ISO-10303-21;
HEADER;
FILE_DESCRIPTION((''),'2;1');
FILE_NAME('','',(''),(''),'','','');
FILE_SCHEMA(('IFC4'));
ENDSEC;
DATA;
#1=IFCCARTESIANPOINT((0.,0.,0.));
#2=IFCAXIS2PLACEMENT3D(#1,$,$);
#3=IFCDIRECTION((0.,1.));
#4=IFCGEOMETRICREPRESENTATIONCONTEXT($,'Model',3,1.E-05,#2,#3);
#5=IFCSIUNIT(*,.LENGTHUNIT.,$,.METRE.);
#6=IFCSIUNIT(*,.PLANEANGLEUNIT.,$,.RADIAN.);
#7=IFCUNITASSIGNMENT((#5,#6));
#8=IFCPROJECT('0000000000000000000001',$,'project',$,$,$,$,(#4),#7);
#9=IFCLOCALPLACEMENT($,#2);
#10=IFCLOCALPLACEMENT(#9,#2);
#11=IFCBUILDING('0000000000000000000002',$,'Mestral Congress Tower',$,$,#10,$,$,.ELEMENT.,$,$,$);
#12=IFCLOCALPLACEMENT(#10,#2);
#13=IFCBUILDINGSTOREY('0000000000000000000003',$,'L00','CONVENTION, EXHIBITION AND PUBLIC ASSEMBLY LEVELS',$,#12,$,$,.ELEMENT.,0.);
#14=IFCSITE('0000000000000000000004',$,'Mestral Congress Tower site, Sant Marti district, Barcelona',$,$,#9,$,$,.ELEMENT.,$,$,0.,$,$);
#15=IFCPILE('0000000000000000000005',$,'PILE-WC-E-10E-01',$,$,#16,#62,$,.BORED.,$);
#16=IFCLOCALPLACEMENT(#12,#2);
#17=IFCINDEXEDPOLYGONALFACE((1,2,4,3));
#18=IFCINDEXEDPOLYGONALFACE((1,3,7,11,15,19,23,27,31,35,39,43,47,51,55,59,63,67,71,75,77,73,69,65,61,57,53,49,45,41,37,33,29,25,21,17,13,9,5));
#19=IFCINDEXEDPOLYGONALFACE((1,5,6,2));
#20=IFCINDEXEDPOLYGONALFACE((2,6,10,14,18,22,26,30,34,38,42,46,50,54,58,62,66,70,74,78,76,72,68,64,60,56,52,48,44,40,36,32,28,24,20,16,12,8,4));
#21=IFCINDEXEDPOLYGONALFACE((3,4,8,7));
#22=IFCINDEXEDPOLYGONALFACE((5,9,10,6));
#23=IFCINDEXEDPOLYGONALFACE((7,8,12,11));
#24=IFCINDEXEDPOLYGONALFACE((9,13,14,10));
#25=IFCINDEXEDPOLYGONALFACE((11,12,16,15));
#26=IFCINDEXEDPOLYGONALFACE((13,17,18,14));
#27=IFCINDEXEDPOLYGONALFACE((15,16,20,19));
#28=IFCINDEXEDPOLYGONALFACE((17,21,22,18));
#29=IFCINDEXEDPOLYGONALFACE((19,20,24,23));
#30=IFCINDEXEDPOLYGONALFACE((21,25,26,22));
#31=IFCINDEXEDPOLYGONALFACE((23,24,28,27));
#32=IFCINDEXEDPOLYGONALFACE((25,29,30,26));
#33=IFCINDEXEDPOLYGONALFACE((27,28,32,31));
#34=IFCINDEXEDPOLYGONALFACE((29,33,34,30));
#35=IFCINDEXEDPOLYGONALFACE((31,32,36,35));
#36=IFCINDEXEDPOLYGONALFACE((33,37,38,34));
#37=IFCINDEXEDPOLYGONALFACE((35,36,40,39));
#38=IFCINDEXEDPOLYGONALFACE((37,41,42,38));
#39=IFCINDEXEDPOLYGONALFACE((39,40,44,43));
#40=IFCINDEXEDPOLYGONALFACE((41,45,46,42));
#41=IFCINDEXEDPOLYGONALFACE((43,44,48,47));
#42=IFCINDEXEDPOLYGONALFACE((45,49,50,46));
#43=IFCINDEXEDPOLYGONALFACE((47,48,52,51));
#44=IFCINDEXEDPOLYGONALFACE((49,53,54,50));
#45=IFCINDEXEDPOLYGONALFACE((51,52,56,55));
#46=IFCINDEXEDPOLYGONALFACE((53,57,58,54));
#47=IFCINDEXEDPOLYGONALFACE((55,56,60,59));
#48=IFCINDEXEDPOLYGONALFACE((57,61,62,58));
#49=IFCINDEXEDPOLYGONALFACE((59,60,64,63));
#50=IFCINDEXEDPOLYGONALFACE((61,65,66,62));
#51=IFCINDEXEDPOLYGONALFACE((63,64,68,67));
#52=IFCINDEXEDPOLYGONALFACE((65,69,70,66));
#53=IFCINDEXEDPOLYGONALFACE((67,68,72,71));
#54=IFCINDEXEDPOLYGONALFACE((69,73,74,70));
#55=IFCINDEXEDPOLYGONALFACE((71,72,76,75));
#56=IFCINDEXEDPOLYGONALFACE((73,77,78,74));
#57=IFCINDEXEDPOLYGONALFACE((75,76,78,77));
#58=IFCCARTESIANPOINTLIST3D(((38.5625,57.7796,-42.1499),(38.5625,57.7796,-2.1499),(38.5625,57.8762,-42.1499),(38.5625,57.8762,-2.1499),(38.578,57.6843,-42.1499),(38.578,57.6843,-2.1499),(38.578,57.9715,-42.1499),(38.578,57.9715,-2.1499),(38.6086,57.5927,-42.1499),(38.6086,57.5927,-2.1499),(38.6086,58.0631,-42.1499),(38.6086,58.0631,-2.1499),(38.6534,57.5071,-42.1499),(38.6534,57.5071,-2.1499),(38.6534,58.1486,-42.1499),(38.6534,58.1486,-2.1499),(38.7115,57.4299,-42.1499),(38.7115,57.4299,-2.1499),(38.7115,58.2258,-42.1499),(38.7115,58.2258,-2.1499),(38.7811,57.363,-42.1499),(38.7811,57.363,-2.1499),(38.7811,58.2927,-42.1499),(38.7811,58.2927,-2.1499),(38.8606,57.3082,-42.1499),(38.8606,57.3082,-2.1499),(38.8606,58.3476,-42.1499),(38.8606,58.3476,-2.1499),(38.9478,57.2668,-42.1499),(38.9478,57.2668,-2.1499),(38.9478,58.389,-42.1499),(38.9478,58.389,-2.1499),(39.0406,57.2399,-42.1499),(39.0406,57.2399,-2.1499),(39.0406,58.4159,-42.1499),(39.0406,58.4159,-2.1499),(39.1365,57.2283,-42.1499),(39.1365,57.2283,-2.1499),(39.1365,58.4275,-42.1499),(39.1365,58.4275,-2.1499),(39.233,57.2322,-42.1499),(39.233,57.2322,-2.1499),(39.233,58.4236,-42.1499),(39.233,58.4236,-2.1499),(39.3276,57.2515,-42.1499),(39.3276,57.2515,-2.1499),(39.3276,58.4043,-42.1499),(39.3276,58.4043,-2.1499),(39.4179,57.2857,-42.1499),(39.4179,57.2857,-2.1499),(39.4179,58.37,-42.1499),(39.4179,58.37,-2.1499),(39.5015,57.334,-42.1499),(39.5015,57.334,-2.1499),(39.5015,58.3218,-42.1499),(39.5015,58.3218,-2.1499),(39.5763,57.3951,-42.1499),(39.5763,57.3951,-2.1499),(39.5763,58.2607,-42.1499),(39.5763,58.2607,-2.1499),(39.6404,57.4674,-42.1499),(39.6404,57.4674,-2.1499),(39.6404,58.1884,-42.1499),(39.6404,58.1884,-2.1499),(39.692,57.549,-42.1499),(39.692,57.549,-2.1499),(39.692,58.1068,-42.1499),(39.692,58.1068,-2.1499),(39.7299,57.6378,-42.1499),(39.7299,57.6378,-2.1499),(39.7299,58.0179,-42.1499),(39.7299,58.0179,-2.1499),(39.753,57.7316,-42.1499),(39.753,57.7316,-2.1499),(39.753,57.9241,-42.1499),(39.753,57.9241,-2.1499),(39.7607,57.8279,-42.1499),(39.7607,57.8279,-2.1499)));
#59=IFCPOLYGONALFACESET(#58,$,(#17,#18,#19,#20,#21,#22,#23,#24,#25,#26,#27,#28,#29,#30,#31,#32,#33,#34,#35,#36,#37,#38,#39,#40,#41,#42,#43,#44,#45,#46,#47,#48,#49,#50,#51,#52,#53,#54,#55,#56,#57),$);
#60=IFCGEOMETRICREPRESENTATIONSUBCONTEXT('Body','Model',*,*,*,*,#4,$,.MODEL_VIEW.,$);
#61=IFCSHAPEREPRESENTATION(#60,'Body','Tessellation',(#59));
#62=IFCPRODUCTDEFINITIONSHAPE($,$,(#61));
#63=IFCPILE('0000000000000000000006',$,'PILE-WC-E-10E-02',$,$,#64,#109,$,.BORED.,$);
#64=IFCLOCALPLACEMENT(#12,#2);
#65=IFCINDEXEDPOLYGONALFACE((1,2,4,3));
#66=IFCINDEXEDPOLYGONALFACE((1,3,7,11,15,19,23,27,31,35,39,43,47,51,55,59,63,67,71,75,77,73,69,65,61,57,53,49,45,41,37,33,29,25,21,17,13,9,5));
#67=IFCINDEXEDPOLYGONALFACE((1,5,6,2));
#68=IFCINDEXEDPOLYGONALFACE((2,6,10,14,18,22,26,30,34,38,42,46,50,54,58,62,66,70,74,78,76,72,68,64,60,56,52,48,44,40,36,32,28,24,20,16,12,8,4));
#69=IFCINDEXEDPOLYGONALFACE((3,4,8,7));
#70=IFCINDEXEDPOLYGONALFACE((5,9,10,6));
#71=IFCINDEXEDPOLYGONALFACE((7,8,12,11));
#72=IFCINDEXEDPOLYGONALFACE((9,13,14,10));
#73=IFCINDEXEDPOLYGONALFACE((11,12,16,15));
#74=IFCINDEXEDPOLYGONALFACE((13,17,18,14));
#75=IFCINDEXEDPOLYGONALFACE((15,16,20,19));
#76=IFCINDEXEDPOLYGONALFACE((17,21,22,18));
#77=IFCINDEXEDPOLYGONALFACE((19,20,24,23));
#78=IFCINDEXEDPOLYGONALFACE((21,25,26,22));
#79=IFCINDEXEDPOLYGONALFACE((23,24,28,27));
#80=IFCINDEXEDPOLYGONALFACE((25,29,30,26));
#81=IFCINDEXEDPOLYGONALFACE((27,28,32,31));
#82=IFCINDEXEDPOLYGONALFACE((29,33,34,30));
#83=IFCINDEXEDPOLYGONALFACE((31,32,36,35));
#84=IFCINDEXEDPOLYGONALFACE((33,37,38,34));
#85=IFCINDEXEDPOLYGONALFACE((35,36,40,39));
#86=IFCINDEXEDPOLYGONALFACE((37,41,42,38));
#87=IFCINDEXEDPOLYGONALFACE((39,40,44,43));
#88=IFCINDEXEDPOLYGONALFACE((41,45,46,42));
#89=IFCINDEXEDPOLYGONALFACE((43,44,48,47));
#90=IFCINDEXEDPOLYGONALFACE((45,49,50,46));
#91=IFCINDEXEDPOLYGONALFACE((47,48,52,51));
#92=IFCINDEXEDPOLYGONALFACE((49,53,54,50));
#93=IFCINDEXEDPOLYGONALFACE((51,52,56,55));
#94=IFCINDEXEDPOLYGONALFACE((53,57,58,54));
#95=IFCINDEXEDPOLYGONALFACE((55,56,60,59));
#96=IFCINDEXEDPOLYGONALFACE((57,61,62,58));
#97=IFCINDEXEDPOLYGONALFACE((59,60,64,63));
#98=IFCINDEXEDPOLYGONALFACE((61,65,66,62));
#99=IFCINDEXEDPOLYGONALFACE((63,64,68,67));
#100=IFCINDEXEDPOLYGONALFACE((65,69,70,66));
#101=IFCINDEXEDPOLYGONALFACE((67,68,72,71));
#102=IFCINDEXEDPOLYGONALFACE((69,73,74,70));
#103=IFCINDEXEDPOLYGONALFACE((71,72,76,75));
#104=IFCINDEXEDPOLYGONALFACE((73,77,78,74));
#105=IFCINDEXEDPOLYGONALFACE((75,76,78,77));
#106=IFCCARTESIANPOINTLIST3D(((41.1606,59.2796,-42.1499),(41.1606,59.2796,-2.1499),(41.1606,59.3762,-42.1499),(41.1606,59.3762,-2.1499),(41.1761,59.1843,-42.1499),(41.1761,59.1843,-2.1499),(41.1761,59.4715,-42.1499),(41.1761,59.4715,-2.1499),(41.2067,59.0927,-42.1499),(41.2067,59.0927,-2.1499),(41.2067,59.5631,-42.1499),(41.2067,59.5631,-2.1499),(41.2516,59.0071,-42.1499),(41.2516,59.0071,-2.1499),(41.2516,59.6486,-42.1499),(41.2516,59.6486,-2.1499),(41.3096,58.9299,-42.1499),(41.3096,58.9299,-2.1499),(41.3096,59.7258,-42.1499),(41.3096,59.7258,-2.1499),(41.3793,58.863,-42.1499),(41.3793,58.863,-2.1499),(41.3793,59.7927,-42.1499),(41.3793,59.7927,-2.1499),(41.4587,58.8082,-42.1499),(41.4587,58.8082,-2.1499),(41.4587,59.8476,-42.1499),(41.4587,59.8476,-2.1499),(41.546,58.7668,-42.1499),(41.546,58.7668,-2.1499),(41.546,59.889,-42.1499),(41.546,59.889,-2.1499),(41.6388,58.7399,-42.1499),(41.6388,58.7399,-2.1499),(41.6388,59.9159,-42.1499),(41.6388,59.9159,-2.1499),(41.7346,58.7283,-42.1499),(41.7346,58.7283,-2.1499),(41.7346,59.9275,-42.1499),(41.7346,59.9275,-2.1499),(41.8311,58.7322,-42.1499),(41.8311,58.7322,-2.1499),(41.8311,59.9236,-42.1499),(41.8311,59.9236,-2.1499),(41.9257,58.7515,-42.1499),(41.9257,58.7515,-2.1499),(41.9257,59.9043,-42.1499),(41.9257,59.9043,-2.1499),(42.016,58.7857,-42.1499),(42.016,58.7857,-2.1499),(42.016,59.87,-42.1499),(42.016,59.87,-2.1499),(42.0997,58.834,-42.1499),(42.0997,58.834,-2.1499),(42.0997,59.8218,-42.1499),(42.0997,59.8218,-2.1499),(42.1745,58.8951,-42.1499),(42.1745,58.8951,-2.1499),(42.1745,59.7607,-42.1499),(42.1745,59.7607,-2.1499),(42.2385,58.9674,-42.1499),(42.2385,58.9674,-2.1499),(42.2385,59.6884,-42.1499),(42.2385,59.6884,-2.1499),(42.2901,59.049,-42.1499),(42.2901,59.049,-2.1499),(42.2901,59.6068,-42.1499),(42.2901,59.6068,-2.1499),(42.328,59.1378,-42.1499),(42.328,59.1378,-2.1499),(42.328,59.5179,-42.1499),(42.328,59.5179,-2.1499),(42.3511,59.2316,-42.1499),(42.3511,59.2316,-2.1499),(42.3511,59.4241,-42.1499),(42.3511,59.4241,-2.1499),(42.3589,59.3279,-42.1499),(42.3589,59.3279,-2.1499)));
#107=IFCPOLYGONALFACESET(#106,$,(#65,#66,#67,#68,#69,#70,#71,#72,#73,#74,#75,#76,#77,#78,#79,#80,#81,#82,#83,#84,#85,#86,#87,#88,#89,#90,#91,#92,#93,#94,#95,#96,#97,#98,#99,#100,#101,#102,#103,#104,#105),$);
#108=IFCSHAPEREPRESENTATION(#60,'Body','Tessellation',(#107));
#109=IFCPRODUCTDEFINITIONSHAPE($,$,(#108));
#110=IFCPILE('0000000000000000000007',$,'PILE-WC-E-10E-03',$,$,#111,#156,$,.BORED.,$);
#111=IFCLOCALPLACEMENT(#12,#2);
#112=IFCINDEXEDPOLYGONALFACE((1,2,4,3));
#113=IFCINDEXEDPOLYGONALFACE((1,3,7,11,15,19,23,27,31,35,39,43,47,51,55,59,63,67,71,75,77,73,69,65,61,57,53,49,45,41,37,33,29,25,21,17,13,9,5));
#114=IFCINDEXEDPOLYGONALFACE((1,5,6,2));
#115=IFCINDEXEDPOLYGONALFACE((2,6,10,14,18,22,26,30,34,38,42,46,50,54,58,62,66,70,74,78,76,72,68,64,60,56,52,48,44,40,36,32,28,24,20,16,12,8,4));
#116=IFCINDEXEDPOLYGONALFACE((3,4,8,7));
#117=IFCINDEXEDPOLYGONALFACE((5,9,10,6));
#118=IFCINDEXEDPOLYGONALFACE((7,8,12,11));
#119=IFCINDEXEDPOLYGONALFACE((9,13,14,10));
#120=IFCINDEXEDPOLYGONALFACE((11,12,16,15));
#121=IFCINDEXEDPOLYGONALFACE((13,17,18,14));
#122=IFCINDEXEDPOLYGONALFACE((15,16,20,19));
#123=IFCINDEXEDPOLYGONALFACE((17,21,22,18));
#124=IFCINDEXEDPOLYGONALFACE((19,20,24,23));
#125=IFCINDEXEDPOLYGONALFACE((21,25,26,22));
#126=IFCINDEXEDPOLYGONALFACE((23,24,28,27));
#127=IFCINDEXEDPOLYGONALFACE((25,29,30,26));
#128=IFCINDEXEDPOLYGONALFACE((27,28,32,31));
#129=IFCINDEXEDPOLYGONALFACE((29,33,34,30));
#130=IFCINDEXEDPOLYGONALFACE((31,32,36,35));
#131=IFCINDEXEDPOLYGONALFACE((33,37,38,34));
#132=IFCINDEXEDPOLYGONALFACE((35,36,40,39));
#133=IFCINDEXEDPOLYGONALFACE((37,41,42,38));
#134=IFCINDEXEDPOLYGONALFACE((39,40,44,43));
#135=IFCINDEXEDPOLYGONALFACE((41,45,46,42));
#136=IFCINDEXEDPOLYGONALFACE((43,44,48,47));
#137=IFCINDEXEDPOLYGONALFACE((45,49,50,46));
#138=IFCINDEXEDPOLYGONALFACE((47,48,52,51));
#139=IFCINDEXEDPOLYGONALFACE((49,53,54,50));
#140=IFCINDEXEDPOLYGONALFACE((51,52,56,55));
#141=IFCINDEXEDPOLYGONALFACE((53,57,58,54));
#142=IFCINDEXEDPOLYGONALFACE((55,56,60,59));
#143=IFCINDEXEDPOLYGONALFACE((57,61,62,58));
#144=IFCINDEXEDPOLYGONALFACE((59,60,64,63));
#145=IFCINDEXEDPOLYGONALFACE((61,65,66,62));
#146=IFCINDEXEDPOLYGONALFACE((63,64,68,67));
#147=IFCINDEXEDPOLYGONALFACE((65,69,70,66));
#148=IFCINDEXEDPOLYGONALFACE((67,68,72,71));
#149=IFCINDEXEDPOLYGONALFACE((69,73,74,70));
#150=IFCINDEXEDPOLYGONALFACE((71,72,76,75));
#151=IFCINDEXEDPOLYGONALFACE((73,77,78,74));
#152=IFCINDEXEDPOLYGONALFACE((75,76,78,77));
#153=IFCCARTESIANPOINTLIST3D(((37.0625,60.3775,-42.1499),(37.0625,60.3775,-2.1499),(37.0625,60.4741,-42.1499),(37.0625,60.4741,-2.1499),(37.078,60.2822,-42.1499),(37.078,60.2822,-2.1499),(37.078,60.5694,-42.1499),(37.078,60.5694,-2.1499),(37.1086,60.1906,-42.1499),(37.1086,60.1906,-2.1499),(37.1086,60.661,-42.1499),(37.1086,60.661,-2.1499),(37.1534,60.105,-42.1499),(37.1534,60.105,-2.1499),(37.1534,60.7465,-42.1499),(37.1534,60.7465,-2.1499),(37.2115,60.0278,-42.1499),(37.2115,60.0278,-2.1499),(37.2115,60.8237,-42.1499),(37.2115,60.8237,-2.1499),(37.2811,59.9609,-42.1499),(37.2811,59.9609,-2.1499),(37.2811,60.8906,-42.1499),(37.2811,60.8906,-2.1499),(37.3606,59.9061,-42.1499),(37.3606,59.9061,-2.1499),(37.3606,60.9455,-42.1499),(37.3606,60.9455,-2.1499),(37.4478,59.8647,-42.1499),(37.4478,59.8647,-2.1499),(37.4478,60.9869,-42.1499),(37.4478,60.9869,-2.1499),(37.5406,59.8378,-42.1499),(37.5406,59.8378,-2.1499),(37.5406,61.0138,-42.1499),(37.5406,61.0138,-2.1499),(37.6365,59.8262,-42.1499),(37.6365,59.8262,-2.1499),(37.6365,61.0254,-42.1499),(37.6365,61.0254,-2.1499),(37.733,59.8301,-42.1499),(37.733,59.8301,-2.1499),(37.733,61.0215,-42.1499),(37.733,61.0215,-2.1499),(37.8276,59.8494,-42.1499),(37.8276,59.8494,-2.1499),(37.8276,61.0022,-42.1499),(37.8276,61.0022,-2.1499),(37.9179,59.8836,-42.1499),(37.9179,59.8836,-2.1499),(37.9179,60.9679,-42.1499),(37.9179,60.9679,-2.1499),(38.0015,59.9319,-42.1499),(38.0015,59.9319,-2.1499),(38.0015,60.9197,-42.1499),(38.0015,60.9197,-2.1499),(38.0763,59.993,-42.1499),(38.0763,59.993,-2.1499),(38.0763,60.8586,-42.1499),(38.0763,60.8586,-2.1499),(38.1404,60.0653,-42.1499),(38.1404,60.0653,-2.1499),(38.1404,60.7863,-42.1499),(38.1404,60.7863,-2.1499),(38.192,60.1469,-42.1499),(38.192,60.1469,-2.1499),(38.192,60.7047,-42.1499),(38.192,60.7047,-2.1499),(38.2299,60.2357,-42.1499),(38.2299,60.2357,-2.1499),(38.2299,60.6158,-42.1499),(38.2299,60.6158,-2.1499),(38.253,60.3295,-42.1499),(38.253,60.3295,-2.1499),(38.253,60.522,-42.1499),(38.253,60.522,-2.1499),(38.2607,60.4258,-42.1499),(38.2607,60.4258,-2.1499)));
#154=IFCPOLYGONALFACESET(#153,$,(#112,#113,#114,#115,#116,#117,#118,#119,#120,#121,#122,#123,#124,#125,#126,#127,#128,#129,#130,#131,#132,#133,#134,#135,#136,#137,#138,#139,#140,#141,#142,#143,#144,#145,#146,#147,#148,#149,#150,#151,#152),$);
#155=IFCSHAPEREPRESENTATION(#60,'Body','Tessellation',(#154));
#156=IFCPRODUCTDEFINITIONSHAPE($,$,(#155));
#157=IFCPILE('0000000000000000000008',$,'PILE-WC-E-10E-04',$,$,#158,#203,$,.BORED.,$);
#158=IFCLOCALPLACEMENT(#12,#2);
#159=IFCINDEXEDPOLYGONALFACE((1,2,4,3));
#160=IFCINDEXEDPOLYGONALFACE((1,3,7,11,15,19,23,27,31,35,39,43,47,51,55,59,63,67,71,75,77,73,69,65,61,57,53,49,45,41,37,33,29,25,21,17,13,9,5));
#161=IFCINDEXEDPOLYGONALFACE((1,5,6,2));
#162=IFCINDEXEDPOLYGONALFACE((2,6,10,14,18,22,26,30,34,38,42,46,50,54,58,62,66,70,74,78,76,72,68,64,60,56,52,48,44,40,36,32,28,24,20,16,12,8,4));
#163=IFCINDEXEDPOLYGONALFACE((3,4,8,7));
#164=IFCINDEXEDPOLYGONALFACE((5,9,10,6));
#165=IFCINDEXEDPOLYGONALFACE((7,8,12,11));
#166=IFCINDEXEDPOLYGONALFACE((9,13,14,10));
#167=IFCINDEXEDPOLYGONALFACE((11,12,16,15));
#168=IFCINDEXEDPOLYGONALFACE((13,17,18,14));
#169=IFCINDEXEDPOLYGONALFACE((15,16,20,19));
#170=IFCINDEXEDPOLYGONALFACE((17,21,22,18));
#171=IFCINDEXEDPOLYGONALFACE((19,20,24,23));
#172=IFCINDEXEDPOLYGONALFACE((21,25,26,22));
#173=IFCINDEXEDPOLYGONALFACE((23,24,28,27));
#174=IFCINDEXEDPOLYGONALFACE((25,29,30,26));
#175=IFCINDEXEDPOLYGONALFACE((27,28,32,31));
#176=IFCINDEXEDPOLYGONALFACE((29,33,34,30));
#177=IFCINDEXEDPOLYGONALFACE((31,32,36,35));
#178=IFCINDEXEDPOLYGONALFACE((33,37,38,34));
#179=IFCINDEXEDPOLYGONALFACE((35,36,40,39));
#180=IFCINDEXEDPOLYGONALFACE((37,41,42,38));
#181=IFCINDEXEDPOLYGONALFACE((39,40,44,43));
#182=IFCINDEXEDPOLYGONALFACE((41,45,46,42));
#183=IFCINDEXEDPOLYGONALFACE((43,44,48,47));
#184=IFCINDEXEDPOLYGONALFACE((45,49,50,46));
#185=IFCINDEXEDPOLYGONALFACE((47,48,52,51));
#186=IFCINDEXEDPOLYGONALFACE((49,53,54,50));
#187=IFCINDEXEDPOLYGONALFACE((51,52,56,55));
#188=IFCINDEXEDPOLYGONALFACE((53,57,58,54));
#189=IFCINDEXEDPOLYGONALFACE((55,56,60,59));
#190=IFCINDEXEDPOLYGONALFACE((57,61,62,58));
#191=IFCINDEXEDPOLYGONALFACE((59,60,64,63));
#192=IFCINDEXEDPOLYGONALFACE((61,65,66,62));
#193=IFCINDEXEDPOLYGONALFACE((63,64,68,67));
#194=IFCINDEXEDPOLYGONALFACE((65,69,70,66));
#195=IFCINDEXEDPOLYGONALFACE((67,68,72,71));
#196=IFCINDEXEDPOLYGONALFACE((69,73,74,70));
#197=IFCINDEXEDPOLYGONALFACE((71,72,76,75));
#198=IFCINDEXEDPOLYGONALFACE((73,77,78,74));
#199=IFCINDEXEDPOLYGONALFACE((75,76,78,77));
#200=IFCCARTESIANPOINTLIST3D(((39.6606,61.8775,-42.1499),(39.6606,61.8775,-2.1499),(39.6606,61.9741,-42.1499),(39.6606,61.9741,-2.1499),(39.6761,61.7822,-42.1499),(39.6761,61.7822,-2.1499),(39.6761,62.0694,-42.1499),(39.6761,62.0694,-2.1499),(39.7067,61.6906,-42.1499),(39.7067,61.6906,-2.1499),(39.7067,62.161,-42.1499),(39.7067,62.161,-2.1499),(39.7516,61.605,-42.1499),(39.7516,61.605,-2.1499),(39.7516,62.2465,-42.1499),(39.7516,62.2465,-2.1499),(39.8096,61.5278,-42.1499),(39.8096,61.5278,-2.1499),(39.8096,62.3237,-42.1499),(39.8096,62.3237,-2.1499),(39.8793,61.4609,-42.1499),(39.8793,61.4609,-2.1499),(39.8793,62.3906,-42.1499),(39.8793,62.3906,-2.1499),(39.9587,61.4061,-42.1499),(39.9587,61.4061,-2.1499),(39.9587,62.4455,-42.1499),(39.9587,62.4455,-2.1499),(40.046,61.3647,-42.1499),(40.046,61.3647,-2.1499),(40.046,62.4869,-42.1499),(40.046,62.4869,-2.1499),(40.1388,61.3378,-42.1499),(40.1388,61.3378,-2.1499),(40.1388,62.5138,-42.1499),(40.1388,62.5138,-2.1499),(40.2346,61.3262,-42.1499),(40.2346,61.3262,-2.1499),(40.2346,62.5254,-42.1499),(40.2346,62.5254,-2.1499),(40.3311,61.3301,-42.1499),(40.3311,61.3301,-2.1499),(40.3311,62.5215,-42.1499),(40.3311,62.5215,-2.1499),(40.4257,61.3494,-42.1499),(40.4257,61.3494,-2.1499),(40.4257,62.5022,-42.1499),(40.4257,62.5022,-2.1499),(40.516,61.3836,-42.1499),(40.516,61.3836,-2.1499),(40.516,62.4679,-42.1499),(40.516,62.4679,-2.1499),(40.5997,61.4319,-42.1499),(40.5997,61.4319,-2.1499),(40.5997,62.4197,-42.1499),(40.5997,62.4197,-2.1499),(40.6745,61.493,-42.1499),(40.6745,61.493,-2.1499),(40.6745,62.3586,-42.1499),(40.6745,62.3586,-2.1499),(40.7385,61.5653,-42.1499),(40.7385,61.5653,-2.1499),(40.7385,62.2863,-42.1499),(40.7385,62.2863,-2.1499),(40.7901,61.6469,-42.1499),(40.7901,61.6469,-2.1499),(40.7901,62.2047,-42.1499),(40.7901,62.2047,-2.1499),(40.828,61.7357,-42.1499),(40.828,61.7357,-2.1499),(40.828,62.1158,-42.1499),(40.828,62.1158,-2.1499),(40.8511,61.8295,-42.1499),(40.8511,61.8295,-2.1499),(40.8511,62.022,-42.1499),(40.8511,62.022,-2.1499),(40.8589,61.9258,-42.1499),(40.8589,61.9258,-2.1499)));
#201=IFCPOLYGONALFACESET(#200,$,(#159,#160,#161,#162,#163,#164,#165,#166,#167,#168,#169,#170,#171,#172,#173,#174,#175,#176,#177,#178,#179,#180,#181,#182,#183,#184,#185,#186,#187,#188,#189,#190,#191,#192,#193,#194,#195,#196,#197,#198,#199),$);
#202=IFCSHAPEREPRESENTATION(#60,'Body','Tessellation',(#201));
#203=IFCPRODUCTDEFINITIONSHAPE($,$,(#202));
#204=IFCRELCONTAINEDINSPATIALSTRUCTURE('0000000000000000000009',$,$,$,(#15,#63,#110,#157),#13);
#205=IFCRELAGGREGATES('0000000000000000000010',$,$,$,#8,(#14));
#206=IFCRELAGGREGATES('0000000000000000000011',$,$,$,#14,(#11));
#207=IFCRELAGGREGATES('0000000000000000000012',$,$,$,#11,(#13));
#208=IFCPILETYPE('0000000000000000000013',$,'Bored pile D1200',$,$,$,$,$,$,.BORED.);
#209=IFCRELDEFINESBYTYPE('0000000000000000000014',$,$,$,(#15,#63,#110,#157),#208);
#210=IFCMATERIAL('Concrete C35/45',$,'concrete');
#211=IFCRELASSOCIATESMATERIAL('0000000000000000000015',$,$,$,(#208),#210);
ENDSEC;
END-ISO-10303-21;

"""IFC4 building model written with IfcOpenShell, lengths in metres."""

from ifc_helpers import new_model, si_unit, direction, frame, origin, origin_2d, place, context, subcontext, project, spatial, circle, extrude, material, material_profile, profile_set, type_object, element, save


model = new_model("IFC4")

# Units and contexts
model_context = context("Model", 3, precision=1e-05, world=origin(), true_north=direction((0.0, 1.0)))
body_context = subcontext(model_context, "Body", "Model", "MODEL_VIEW")
ifc_project = project(units=[si_unit("LENGTHUNIT", "METRE"), si_unit("PLANEANGLEUNIT", "RADIAN")], contexts=[model_context])

# Site, building, storey
site_placement = place(None, origin())
site = spatial("IfcSite", under=ifc_project, at=site_placement, Name="Mestral Congress Tower site, Sant Marti district, Barcelona", CompositionType="ELEMENT", RefElevation=0.0)
building_placement = place(site_placement, origin())
building = spatial("IfcBuilding", under=site, at=building_placement, Name="Mestral Congress Tower", CompositionType="ELEMENT")
storey_placement = place(building_placement, origin())
storey = spatial("IfcBuildingStorey", under=building, at=storey_placement, Name="L00", Description="CONVENTION, EXHIBITION AND PUBLIC ASSEMBLY LEVELS", CompositionType="ELEMENT", Elevation=0.0)

# Piles
ifc_material_1 = material(Name="Concrete C35/45", Category="concrete")
ifc_material_profile_1 = material_profile(ifc_material_1, circle(Radius=0.6001, at=origin_2d()), Name="D1200")
ifc_profile_set_1 = profile_set([ifc_material_profile_1], Name="Concrete C35/45")
pile_type = type_object("IfcPileType", Name="Bored pile D1200", PredefinedType="BORED", material=ifc_profile_set_1)
for number, where, z_axis, x_axis, name in (
    (1, (39.1606, 57.8279, -2.1499), (0.0, 0.0, -1.0), (1.0, 0.0, 0.0), "PILE-WC-E-10E-01"),
    (2, (41.7588, 59.3279, -2.1499), (0.0, 0.0, -1.0), (1.0, 0.0, 0.0), "PILE-WC-E-10E-02"),
    (3, (37.6606, 60.4258, -2.1499), (0.0, 0.0, -1.0), (1.0, 0.0, 0.0), "PILE-WC-E-10E-03"),
    (4, (40.2588, 61.9258, -2.1499), (0.0, 0.0, -1.0), (1.0, 0.0, 0.0), "PILE-WC-E-10E-04"),
):
    element("IfcPile", number, at=place(storey_placement, frame(where, z_axis=z_axis, x_axis=x_axis)), inside=storey, type_object=pile_type, Name=name, PredefinedType="BORED", context=body_context, shape_type="SweptSolid", body=[
        extrude(circle(Radius=0.6001, at=origin_2d()), origin(), (0.0, 0.0, 1.0), 40.0),
    ])

save(model, "model.ifc")
